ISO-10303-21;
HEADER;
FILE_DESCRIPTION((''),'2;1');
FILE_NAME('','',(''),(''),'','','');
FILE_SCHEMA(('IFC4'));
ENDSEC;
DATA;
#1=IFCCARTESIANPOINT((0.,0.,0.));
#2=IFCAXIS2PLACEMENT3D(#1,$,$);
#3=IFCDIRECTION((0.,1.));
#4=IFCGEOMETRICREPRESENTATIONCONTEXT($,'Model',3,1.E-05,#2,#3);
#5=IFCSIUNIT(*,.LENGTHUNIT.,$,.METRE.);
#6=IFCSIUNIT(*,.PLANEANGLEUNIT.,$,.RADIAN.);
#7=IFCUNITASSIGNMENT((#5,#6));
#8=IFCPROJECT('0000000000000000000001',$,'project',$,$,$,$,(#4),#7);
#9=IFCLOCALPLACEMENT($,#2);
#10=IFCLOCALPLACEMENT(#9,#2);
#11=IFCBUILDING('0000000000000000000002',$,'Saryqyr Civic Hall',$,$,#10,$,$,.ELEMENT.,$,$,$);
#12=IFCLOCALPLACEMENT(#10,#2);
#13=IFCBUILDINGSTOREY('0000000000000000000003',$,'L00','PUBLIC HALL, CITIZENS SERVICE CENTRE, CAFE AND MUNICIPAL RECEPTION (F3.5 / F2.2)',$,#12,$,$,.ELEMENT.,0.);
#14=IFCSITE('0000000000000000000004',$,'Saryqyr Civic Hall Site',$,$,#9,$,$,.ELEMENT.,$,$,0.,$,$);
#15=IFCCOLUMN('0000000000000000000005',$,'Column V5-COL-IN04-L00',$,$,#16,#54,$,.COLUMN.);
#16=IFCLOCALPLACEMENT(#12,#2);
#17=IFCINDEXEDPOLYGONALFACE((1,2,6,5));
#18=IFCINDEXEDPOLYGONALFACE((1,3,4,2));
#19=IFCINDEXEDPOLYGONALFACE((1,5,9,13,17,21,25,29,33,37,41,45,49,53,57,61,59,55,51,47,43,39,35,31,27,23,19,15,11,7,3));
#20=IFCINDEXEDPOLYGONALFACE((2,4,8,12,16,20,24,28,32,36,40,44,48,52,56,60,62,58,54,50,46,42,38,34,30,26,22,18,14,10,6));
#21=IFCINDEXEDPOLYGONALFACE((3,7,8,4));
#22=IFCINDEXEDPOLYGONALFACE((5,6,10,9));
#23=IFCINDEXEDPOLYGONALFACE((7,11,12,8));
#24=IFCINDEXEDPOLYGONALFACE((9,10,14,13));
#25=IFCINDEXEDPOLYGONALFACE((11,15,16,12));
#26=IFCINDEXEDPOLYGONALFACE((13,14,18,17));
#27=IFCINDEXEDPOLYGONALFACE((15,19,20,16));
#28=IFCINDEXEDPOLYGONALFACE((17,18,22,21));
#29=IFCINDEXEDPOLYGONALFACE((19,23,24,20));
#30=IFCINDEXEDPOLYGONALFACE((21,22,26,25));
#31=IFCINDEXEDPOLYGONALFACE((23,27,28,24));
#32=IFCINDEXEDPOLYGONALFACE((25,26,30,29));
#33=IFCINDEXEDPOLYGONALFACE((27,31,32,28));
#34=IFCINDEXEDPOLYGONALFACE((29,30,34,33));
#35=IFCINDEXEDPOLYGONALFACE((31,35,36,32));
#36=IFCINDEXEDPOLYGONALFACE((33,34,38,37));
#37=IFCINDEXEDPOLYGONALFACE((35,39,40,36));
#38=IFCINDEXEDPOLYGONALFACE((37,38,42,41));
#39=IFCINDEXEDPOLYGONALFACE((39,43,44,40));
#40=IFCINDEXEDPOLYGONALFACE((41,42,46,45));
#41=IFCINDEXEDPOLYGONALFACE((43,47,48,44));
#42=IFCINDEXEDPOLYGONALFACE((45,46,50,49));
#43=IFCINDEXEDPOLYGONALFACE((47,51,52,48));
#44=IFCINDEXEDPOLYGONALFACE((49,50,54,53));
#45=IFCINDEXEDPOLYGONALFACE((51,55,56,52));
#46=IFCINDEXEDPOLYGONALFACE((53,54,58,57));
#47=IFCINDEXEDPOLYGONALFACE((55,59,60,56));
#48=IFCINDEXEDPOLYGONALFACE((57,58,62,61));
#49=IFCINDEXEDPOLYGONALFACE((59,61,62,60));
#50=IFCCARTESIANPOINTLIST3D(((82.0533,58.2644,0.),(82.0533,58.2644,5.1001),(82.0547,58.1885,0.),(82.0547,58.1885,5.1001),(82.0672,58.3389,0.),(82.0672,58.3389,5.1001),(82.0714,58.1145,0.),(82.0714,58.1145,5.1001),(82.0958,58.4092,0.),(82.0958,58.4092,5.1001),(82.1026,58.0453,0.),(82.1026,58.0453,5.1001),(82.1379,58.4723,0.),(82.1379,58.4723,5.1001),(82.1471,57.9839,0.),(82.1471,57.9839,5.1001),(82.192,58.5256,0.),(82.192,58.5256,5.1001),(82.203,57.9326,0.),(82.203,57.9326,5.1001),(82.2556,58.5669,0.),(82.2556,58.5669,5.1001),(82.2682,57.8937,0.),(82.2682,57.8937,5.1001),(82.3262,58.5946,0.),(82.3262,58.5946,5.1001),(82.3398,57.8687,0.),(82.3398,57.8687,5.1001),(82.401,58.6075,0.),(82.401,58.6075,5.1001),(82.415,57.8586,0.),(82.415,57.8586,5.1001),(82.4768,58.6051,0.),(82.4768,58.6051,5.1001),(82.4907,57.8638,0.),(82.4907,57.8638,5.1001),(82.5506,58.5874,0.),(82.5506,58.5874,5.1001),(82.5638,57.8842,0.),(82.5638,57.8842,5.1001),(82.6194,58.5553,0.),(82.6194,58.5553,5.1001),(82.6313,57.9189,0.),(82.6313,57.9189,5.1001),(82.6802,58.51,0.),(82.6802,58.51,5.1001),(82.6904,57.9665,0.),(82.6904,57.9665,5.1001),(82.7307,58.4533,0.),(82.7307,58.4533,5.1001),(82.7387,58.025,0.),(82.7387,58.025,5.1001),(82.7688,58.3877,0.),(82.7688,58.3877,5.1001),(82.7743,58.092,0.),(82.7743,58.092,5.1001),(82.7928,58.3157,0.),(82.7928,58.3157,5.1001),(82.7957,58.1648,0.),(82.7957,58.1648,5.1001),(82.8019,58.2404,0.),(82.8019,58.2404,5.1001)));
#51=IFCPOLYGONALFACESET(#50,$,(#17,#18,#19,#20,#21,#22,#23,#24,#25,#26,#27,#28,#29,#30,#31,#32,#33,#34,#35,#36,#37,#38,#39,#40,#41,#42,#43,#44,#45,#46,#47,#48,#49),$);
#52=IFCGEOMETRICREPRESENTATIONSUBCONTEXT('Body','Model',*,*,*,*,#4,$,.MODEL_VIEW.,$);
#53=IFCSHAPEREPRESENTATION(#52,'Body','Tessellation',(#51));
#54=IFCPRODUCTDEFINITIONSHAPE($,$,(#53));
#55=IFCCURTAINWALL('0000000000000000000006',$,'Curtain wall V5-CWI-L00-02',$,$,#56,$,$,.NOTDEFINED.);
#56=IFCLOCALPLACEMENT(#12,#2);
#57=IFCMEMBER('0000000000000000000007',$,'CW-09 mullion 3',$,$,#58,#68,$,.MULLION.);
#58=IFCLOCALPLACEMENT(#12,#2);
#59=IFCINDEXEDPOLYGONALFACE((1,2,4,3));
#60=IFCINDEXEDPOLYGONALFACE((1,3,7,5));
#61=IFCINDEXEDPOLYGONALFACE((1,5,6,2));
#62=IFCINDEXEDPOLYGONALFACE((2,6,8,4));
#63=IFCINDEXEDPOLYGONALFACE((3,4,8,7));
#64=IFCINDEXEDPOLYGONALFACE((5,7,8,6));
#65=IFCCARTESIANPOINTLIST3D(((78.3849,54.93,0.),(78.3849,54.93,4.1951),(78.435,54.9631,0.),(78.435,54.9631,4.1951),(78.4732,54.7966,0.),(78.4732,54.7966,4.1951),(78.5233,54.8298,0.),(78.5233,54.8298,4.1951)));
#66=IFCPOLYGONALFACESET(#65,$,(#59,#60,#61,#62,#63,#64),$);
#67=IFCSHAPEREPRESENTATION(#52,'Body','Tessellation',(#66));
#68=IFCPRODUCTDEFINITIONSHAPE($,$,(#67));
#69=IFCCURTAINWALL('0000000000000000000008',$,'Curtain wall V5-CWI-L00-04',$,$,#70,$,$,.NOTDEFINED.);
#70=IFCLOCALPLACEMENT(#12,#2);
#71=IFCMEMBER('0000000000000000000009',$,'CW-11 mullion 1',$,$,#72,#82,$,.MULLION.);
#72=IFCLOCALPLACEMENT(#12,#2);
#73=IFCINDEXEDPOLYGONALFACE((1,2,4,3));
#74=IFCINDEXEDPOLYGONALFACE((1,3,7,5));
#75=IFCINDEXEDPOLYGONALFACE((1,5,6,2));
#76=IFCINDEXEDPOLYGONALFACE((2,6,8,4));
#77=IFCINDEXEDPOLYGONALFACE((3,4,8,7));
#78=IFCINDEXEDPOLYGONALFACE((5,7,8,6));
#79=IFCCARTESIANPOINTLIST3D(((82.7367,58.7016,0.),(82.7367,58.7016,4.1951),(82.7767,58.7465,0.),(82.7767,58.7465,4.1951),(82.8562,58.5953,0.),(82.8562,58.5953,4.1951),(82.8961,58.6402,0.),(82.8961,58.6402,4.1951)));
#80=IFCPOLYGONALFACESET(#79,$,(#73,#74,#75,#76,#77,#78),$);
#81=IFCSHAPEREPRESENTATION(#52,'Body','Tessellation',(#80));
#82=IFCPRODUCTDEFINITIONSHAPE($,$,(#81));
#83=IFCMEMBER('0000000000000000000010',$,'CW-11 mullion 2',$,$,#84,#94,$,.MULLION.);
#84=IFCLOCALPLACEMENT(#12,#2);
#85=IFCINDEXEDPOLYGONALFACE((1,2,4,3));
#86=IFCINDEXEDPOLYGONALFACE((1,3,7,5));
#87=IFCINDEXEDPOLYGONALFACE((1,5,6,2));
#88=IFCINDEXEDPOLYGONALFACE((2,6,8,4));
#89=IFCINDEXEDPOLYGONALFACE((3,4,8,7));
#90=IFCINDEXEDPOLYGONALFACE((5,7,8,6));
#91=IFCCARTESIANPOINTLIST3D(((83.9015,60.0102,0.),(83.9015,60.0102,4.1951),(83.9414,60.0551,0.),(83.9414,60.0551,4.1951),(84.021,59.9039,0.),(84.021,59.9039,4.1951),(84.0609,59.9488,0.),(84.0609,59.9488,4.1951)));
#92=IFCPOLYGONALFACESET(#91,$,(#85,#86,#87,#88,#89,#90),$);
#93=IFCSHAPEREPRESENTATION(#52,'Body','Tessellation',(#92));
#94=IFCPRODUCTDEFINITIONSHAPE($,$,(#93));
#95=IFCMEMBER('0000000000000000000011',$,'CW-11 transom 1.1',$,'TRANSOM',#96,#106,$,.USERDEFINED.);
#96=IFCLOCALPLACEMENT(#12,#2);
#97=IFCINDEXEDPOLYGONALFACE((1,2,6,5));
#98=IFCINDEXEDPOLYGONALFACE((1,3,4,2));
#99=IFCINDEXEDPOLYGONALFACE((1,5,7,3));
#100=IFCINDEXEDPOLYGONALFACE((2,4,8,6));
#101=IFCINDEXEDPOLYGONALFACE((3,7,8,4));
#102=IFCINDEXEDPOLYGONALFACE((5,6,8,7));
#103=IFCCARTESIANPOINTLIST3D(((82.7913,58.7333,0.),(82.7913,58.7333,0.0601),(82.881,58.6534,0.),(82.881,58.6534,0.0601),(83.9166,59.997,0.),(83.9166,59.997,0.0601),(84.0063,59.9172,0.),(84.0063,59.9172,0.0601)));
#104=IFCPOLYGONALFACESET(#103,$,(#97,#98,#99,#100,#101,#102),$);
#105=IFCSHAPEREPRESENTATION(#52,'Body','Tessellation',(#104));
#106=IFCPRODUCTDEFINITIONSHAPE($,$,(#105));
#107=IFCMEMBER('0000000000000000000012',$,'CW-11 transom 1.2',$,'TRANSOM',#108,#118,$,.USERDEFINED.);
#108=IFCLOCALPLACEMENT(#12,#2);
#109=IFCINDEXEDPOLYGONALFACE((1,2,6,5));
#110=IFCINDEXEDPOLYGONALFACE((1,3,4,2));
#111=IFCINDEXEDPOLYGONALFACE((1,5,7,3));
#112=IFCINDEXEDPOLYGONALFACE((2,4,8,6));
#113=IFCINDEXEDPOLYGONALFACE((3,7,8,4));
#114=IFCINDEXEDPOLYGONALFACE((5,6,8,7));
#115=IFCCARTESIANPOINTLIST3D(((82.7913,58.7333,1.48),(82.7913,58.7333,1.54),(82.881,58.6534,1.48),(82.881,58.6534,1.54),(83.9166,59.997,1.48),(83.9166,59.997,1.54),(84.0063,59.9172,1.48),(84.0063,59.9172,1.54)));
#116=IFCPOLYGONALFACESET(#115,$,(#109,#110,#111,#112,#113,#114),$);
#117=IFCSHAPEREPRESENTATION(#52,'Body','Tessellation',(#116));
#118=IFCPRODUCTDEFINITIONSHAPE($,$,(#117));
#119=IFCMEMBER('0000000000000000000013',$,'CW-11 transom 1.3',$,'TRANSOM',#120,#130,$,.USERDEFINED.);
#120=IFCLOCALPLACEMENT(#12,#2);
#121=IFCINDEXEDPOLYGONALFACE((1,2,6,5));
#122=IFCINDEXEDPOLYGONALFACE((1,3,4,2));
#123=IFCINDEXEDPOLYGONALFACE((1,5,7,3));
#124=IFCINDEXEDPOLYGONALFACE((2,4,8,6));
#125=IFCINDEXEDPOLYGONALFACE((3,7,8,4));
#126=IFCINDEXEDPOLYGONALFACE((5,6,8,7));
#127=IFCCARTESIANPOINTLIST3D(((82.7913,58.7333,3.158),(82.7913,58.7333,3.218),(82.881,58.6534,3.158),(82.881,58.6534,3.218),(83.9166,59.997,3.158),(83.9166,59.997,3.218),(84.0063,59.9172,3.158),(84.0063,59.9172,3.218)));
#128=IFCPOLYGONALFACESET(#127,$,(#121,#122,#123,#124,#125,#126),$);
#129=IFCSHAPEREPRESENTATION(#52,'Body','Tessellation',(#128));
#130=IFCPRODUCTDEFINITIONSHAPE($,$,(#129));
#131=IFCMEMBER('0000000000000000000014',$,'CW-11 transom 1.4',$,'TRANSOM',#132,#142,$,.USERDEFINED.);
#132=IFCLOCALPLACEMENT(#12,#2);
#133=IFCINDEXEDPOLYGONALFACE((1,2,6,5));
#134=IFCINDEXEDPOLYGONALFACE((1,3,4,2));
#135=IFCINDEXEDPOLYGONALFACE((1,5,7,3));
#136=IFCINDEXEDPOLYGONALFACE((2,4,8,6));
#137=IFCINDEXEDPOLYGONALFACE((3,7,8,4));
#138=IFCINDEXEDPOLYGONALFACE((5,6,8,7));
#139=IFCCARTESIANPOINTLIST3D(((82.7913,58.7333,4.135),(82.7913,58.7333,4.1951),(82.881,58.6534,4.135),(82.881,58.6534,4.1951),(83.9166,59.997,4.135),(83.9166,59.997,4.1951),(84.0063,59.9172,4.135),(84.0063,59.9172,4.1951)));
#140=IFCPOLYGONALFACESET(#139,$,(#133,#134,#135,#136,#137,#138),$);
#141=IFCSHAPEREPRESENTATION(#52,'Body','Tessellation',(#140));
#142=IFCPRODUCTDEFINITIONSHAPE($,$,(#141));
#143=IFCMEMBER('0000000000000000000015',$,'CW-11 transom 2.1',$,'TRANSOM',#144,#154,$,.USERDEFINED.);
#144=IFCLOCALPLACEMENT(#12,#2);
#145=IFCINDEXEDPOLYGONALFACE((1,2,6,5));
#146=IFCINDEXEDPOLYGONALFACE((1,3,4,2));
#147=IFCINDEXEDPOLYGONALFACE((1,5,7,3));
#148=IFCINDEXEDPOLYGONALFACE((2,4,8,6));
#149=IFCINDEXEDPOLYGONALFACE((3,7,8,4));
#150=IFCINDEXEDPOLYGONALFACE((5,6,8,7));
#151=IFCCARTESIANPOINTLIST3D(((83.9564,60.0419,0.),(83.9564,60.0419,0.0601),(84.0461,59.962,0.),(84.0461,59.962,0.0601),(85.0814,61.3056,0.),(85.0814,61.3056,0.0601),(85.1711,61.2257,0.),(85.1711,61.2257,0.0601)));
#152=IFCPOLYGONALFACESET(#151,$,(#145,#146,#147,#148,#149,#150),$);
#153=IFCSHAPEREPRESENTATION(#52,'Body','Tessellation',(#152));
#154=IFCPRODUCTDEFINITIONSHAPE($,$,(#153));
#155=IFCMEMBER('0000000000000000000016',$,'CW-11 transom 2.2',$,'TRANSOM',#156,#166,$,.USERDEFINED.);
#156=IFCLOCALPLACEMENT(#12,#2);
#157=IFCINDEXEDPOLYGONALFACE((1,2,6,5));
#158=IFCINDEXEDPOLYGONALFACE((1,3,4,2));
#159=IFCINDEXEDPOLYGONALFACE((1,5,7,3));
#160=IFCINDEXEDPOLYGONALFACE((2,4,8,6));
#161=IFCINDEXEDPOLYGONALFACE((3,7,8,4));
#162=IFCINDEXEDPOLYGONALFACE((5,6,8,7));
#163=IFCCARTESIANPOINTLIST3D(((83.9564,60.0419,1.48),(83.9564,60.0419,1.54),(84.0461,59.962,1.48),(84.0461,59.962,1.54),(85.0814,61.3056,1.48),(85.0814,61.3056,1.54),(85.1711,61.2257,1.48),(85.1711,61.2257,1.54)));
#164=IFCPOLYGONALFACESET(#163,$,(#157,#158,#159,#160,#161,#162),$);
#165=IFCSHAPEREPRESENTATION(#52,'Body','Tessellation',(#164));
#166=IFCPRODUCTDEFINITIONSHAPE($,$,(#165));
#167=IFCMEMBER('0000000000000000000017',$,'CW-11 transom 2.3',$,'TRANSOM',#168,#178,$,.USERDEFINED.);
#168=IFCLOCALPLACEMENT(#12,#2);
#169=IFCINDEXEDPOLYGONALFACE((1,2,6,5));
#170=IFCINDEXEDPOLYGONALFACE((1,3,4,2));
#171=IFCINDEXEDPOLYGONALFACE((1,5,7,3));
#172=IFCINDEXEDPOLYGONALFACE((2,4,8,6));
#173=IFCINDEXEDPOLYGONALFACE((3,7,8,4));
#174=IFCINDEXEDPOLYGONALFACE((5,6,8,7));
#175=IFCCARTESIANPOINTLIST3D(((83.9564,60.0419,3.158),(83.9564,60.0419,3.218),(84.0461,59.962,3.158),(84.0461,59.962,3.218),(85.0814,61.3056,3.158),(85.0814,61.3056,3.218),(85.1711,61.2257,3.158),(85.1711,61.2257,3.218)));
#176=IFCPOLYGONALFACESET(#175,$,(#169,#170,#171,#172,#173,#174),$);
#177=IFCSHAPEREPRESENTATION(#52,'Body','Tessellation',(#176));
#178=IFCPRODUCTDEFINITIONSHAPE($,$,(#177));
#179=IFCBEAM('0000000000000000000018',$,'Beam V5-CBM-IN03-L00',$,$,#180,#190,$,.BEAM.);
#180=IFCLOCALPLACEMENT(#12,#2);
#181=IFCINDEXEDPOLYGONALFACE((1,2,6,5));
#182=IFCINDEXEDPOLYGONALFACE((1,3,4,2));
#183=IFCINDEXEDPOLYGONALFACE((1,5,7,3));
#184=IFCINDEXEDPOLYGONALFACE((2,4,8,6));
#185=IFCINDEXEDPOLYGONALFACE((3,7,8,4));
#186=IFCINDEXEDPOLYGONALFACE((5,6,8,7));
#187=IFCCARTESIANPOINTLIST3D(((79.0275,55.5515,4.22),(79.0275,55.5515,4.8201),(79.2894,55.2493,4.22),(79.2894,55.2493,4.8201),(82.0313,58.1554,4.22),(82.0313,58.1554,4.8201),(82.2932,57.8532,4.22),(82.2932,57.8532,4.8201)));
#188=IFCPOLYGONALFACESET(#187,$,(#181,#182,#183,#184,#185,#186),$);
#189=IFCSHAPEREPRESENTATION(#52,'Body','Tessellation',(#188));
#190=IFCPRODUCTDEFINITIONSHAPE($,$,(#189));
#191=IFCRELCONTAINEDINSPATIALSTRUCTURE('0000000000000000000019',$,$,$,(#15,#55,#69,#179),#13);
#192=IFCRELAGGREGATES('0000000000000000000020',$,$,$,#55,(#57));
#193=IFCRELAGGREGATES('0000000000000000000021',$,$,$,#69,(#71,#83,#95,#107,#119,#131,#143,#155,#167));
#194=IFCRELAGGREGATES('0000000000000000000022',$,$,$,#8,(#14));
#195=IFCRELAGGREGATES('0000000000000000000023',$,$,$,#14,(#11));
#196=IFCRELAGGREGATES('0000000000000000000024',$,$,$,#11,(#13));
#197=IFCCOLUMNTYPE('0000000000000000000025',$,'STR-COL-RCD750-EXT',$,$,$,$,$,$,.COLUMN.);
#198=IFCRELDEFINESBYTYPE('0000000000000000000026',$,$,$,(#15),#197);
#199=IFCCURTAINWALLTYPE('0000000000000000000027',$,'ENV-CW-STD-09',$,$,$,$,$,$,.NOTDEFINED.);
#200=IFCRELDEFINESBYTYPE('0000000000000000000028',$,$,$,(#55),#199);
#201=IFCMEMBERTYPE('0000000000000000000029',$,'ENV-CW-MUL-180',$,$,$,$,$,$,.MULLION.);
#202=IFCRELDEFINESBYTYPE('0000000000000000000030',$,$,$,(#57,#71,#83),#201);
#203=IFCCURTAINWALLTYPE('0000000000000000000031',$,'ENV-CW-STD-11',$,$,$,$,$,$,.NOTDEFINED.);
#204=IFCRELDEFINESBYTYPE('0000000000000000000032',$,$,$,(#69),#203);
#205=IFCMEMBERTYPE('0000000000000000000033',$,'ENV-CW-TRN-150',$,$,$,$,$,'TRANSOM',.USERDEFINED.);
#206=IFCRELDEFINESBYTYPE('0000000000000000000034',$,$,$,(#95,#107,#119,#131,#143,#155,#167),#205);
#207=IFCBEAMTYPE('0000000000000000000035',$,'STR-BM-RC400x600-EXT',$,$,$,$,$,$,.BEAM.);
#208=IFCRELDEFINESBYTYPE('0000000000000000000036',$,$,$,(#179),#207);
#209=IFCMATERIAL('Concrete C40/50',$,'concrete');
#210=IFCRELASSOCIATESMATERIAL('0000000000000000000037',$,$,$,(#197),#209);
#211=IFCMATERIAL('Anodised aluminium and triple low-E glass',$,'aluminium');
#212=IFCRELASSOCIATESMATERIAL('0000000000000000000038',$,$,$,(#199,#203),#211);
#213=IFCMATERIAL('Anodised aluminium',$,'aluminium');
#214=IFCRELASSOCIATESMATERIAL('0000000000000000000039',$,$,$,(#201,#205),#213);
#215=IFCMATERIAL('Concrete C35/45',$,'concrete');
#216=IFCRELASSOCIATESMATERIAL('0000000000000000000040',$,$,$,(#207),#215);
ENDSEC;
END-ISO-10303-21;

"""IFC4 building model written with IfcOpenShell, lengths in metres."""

from ifc_helpers import new_model, si_unit, direction, frame, origin, origin_2d, place, context, subcontext, project, spatial, rectangle, circle, extrude, material, material_profile, profile_set, type_object, element, aggregate, save


model = new_model("IFC4")

# Units and contexts
model_context = context("Model", 3, precision=1e-05, world=origin(), true_north=direction((0.0, 1.0)))
body_context = subcontext(model_context, "Body", "Model", "MODEL_VIEW")
ifc_project = project(units=[si_unit("LENGTHUNIT", "METRE"), si_unit("PLANEANGLEUNIT", "RADIAN")], contexts=[model_context])

# Site, building, storey
site_placement = place(None, origin())
site = spatial("IfcSite", under=ifc_project, at=site_placement, Name="Saryqyr Civic Hall Site", CompositionType="ELEMENT", RefElevation=0.0)
building_placement = place(site_placement, origin())
building = spatial("IfcBuilding", under=site, at=building_placement, Name="Saryqyr Civic Hall", CompositionType="ELEMENT")
storey_placement = place(building_placement, origin())
storey = spatial("IfcBuildingStorey", under=building, at=storey_placement, Name="L00", Description="PUBLIC HALL, CITIZENS SERVICE CENTRE, CAFE AND MUNICIPAL RECEPTION (F3.5 / F2.2)", CompositionType="ELEMENT", Elevation=0.0)

# Column
ifc_material_1 = material(Name="Concrete C40/50", Category="concrete")
ifc_material_profile_1 = material_profile(ifc_material_1, circle(Radius=0.375, at=origin_2d()), Name="RC D750")
ifc_profile_set_1 = profile_set([ifc_material_profile_1], Name="Concrete C40/50")
column_type = type_object("IfcColumnType", Name="STR-COL-RCD750-EXT", PredefinedType="COLUMN", material=ifc_profile_set_1)
for number, where, z_axis, x_axis, name in (
    (1, (82.427, 58.2334, 0.0), (0.0, 0.0, 1.0), (0.702402, -0.711781, 0.0), "Column V5-COL-IN04-L00"),
):
    element("IfcColumn", number, at=place(storey_placement, frame(where, z_axis=z_axis, x_axis=x_axis)), inside=storey, type_object=column_type, Name=name, PredefinedType="COLUMN", context=body_context, shape_type="SweptSolid", body=[
        extrude(circle(Radius=0.375, at=origin_2d()), origin(), (0.0, 0.0, 1.0), 5.1001),
    ])

# Curtain wall, member
ifc_material_2 = material(Name="Anodised aluminium and triple low-E glass", Category="aluminium")
curtain_wall_type_1 = type_object("IfcCurtainWallType", Name="ENV-CW-STD-09", PredefinedType="NOTDEFINED", material=ifc_material_2)
curtain_wall_1_placement = place(storey_placement, origin())
curtain_wall_1 = element("IfcCurtainWall", 2, at=curtain_wall_1_placement, inside=storey, type_object=curtain_wall_type_1, Name="Curtain wall V5-CWI-L00-02", PredefinedType="NOTDEFINED")
ifc_material_3 = material(Name="Anodised aluminium", Category="aluminium")
ifc_material_profile_2 = material_profile(ifc_material_3, rectangle(XDim=0.0601, YDim=0.1599, at=origin_2d()), Name="ALU MULLION 60x160")
ifc_profile_set_2 = profile_set([ifc_material_profile_2], Name="Anodised aluminium")
member_type_1 = type_object("IfcMemberType", Name="ENV-CW-MUL-180", PredefinedType="MULLION", material=ifc_profile_set_2)
member_1_placement = place(storey_placement, frame((78.4541, 54.8799, 0.0), z_axis=(0.0, 0.0, 1.0), x_axis=(0.833765, 0.55212, 0.0)))
member_1 = element("IfcMember", 3, at=member_1_placement, type_object=member_type_1, Name="CW-09 mullion 3", PredefinedType="MULLION", context=body_context, shape_type="SweptSolid", body=[
    extrude(rectangle(XDim=0.0601, YDim=0.1599, at=origin_2d()), origin(), (0.0, 0.0, 1.0), 4.1951),
])
aggregate(curtain_wall_1, [member_1])

# Curtain wall, members
curtain_wall_type_2 = type_object("IfcCurtainWallType", Name="ENV-CW-STD-11", PredefinedType="NOTDEFINED", material=ifc_material_2)
curtain_wall_2_placement = place(storey_placement, origin())
curtain_wall_2 = element("IfcCurtainWall", 4, at=curtain_wall_2_placement, inside=storey, type_object=curtain_wall_type_2, Name="Curtain wall V5-CWI-L00-04", PredefinedType="NOTDEFINED")
member_2_placement = place(storey_placement, frame((82.8164, 58.6709, 0.0), z_axis=(0.0, 0.0, 1.0), x_axis=(0.664924, 0.746911, 0.0)))
member_2 = element("IfcMember", 5, at=member_2_placement, type_object=member_type_1, Name="CW-11 mullion 1", PredefinedType="MULLION", context=body_context, shape_type="SweptSolid", body=[
    extrude(rectangle(XDim=0.0601, YDim=0.1599, at=origin_2d()), origin(), (0.0, 0.0, 1.0), 4.1951),
])
member_3_placement = place(storey_placement, frame((83.9812, 59.9795, 0.0), z_axis=(0.0, 0.0, 1.0), x_axis=(0.664924, 0.746911, 0.0)))
member_3 = element("IfcMember", 6, at=member_3_placement, type_object=member_type_1, Name="CW-11 mullion 2", PredefinedType="MULLION", context=body_context, shape_type="SweptSolid", body=[
    extrude(rectangle(XDim=0.0601, YDim=0.1599, at=origin_2d()), origin(), (0.0, 0.0, 1.0), 4.1951),
])
ifc_material_profile_3 = material_profile(ifc_material_3, rectangle(XDim=0.1201, YDim=0.0601, at=origin_2d()), Name="ALU TRANSOM 120x60")
ifc_profile_set_3 = profile_set([ifc_material_profile_3], Name="Anodised aluminium")
member_type_2 = type_object("IfcMemberType", Name="ENV-CW-TRN-150", ElementType="TRANSOM", PredefinedType="USERDEFINED", material=ifc_profile_set_3)
member_4_placement = place(storey_placement, frame((82.8362, 58.6934, 0.03), z_axis=(0.665017, 0.746828, 0.0), x_axis=(-0.746828, 0.665017, 0.0)))
member_4 = element("IfcMember", 7, at=member_4_placement, type_object=member_type_2, Name="CW-11 transom 1.1", ObjectType="TRANSOM", PredefinedType="USERDEFINED", context=body_context, shape_type="SweptSolid", body=[
    extrude(rectangle(XDim=0.1201, YDim=0.0601, at=origin_2d()), origin(), (0.0, 0.0, 1.0), 1.6921),
])
member_5_placement = place(storey_placement, frame((82.8362, 58.6934, 1.51), z_axis=(0.665017, 0.746828, 0.0), x_axis=(-0.746828, 0.665017, 0.0)))
member_5 = element("IfcMember", 8, at=member_5_placement, type_object=member_type_2, Name="CW-11 transom 1.2", ObjectType="TRANSOM", PredefinedType="USERDEFINED", context=body_context, shape_type="SweptSolid", body=[
    extrude(rectangle(XDim=0.1201, YDim=0.0601, at=origin_2d()), origin(), (0.0, 0.0, 1.0), 1.6921),
])
member_6_placement = place(storey_placement, frame((82.8362, 58.6934, 3.188), z_axis=(0.665017, 0.746828, 0.0), x_axis=(-0.746828, 0.665017, 0.0)))
member_6 = element("IfcMember", 9, at=member_6_placement, type_object=member_type_2, Name="CW-11 transom 1.3", ObjectType="TRANSOM", PredefinedType="USERDEFINED", context=body_context, shape_type="SweptSolid", body=[
    extrude(rectangle(XDim=0.1201, YDim=0.0601, at=origin_2d()), origin(), (0.0, 0.0, 1.0), 1.6921),
])
member_7_placement = place(storey_placement, frame((82.8362, 58.6934, 4.165), z_axis=(0.665017, 0.746828, 0.0), x_axis=(-0.746828, 0.665017, 0.0)))
member_7 = element("IfcMember", 10, at=member_7_placement, type_object=member_type_2, Name="CW-11 transom 1.4", ObjectType="TRANSOM", PredefinedType="USERDEFINED", context=body_context, shape_type="SweptSolid", body=[
    extrude(rectangle(XDim=0.1201, YDim=0.0601, at=origin_2d()), origin(), (0.0, 0.0, 1.0), 1.6921),
])
member_8_placement = place(storey_placement, frame((84.0012, 60.002, 0.03), z_axis=(0.664937, 0.7469, 0.0), x_axis=(-0.7469, 0.664937, 0.0)))
member_8 = element("IfcMember", 11, at=member_8_placement, type_object=member_type_2, Name="CW-11 transom 2.1", ObjectType="TRANSOM", PredefinedType="USERDEFINED", context=body_context, shape_type="SweptSolid", body=[
    extrude(rectangle(XDim=0.1201, YDim=0.0601, at=origin_2d()), origin(), (0.0, 0.0, 1.0), 1.6919),
])
member_9_placement = place(storey_placement, frame((84.0012, 60.002, 1.51), z_axis=(0.664937, 0.7469, 0.0), x_axis=(-0.7469, 0.664937, 0.0)))
member_9 = element("IfcMember", 12, at=member_9_placement, type_object=member_type_2, Name="CW-11 transom 2.2", ObjectType="TRANSOM", PredefinedType="USERDEFINED", context=body_context, shape_type="SweptSolid", body=[
    extrude(rectangle(XDim=0.1201, YDim=0.0601, at=origin_2d()), origin(), (0.0, 0.0, 1.0), 1.6919),
])
member_10_placement = place(storey_placement, frame((84.0012, 60.002, 3.188), z_axis=(0.664937, 0.7469, 0.0), x_axis=(-0.7469, 0.664937, 0.0)))
member_10 = element("IfcMember", 13, at=member_10_placement, type_object=member_type_2, Name="CW-11 transom 2.3", ObjectType="TRANSOM", PredefinedType="USERDEFINED", context=body_context, shape_type="SweptSolid", body=[
    extrude(rectangle(XDim=0.1201, YDim=0.0601, at=origin_2d()), origin(), (0.0, 0.0, 1.0), 1.6919),
])

# Beam
ifc_material_4 = material(Name="Concrete C35/45", Category="concrete")
ifc_material_profile_4 = material_profile(ifc_material_4, rectangle(XDim=0.3999, YDim=0.6001, at=origin_2d()), Name="RC 400x600")
ifc_profile_set_4 = profile_set([ifc_material_profile_4], Name="Concrete C35/45")
beam_type_1 = type_object("IfcBeamType", Name="STR-BM-RC400x600-EXT", PredefinedType="BEAM", material=ifc_profile_set_4)
for number, where, z_axis, x_axis, name in (
    (14, (79.1584, 55.4004, 4.52), (0.755612, 0.655019, 0.0), (-0.655019, 0.755612, 0.0), "Beam V5-CBM-IN03-L00"),
):
    element("IfcBeam", number, at=place(storey_placement, frame(where, z_axis=z_axis, x_axis=x_axis)), inside=storey, type_object=beam_type_1, Name=name, PredefinedType="BEAM", context=body_context, shape_type="SweptSolid", body=[
        extrude(rectangle(XDim=0.3999, YDim=0.6001, at=origin_2d()), origin(), (0.0, 0.0, 1.0), 3.9753),
    ])

aggregate(curtain_wall_2, [member_2, member_3, member_4, member_5, member_6, member_7, member_8, member_9, member_10])

save(model, "model.ifc")
